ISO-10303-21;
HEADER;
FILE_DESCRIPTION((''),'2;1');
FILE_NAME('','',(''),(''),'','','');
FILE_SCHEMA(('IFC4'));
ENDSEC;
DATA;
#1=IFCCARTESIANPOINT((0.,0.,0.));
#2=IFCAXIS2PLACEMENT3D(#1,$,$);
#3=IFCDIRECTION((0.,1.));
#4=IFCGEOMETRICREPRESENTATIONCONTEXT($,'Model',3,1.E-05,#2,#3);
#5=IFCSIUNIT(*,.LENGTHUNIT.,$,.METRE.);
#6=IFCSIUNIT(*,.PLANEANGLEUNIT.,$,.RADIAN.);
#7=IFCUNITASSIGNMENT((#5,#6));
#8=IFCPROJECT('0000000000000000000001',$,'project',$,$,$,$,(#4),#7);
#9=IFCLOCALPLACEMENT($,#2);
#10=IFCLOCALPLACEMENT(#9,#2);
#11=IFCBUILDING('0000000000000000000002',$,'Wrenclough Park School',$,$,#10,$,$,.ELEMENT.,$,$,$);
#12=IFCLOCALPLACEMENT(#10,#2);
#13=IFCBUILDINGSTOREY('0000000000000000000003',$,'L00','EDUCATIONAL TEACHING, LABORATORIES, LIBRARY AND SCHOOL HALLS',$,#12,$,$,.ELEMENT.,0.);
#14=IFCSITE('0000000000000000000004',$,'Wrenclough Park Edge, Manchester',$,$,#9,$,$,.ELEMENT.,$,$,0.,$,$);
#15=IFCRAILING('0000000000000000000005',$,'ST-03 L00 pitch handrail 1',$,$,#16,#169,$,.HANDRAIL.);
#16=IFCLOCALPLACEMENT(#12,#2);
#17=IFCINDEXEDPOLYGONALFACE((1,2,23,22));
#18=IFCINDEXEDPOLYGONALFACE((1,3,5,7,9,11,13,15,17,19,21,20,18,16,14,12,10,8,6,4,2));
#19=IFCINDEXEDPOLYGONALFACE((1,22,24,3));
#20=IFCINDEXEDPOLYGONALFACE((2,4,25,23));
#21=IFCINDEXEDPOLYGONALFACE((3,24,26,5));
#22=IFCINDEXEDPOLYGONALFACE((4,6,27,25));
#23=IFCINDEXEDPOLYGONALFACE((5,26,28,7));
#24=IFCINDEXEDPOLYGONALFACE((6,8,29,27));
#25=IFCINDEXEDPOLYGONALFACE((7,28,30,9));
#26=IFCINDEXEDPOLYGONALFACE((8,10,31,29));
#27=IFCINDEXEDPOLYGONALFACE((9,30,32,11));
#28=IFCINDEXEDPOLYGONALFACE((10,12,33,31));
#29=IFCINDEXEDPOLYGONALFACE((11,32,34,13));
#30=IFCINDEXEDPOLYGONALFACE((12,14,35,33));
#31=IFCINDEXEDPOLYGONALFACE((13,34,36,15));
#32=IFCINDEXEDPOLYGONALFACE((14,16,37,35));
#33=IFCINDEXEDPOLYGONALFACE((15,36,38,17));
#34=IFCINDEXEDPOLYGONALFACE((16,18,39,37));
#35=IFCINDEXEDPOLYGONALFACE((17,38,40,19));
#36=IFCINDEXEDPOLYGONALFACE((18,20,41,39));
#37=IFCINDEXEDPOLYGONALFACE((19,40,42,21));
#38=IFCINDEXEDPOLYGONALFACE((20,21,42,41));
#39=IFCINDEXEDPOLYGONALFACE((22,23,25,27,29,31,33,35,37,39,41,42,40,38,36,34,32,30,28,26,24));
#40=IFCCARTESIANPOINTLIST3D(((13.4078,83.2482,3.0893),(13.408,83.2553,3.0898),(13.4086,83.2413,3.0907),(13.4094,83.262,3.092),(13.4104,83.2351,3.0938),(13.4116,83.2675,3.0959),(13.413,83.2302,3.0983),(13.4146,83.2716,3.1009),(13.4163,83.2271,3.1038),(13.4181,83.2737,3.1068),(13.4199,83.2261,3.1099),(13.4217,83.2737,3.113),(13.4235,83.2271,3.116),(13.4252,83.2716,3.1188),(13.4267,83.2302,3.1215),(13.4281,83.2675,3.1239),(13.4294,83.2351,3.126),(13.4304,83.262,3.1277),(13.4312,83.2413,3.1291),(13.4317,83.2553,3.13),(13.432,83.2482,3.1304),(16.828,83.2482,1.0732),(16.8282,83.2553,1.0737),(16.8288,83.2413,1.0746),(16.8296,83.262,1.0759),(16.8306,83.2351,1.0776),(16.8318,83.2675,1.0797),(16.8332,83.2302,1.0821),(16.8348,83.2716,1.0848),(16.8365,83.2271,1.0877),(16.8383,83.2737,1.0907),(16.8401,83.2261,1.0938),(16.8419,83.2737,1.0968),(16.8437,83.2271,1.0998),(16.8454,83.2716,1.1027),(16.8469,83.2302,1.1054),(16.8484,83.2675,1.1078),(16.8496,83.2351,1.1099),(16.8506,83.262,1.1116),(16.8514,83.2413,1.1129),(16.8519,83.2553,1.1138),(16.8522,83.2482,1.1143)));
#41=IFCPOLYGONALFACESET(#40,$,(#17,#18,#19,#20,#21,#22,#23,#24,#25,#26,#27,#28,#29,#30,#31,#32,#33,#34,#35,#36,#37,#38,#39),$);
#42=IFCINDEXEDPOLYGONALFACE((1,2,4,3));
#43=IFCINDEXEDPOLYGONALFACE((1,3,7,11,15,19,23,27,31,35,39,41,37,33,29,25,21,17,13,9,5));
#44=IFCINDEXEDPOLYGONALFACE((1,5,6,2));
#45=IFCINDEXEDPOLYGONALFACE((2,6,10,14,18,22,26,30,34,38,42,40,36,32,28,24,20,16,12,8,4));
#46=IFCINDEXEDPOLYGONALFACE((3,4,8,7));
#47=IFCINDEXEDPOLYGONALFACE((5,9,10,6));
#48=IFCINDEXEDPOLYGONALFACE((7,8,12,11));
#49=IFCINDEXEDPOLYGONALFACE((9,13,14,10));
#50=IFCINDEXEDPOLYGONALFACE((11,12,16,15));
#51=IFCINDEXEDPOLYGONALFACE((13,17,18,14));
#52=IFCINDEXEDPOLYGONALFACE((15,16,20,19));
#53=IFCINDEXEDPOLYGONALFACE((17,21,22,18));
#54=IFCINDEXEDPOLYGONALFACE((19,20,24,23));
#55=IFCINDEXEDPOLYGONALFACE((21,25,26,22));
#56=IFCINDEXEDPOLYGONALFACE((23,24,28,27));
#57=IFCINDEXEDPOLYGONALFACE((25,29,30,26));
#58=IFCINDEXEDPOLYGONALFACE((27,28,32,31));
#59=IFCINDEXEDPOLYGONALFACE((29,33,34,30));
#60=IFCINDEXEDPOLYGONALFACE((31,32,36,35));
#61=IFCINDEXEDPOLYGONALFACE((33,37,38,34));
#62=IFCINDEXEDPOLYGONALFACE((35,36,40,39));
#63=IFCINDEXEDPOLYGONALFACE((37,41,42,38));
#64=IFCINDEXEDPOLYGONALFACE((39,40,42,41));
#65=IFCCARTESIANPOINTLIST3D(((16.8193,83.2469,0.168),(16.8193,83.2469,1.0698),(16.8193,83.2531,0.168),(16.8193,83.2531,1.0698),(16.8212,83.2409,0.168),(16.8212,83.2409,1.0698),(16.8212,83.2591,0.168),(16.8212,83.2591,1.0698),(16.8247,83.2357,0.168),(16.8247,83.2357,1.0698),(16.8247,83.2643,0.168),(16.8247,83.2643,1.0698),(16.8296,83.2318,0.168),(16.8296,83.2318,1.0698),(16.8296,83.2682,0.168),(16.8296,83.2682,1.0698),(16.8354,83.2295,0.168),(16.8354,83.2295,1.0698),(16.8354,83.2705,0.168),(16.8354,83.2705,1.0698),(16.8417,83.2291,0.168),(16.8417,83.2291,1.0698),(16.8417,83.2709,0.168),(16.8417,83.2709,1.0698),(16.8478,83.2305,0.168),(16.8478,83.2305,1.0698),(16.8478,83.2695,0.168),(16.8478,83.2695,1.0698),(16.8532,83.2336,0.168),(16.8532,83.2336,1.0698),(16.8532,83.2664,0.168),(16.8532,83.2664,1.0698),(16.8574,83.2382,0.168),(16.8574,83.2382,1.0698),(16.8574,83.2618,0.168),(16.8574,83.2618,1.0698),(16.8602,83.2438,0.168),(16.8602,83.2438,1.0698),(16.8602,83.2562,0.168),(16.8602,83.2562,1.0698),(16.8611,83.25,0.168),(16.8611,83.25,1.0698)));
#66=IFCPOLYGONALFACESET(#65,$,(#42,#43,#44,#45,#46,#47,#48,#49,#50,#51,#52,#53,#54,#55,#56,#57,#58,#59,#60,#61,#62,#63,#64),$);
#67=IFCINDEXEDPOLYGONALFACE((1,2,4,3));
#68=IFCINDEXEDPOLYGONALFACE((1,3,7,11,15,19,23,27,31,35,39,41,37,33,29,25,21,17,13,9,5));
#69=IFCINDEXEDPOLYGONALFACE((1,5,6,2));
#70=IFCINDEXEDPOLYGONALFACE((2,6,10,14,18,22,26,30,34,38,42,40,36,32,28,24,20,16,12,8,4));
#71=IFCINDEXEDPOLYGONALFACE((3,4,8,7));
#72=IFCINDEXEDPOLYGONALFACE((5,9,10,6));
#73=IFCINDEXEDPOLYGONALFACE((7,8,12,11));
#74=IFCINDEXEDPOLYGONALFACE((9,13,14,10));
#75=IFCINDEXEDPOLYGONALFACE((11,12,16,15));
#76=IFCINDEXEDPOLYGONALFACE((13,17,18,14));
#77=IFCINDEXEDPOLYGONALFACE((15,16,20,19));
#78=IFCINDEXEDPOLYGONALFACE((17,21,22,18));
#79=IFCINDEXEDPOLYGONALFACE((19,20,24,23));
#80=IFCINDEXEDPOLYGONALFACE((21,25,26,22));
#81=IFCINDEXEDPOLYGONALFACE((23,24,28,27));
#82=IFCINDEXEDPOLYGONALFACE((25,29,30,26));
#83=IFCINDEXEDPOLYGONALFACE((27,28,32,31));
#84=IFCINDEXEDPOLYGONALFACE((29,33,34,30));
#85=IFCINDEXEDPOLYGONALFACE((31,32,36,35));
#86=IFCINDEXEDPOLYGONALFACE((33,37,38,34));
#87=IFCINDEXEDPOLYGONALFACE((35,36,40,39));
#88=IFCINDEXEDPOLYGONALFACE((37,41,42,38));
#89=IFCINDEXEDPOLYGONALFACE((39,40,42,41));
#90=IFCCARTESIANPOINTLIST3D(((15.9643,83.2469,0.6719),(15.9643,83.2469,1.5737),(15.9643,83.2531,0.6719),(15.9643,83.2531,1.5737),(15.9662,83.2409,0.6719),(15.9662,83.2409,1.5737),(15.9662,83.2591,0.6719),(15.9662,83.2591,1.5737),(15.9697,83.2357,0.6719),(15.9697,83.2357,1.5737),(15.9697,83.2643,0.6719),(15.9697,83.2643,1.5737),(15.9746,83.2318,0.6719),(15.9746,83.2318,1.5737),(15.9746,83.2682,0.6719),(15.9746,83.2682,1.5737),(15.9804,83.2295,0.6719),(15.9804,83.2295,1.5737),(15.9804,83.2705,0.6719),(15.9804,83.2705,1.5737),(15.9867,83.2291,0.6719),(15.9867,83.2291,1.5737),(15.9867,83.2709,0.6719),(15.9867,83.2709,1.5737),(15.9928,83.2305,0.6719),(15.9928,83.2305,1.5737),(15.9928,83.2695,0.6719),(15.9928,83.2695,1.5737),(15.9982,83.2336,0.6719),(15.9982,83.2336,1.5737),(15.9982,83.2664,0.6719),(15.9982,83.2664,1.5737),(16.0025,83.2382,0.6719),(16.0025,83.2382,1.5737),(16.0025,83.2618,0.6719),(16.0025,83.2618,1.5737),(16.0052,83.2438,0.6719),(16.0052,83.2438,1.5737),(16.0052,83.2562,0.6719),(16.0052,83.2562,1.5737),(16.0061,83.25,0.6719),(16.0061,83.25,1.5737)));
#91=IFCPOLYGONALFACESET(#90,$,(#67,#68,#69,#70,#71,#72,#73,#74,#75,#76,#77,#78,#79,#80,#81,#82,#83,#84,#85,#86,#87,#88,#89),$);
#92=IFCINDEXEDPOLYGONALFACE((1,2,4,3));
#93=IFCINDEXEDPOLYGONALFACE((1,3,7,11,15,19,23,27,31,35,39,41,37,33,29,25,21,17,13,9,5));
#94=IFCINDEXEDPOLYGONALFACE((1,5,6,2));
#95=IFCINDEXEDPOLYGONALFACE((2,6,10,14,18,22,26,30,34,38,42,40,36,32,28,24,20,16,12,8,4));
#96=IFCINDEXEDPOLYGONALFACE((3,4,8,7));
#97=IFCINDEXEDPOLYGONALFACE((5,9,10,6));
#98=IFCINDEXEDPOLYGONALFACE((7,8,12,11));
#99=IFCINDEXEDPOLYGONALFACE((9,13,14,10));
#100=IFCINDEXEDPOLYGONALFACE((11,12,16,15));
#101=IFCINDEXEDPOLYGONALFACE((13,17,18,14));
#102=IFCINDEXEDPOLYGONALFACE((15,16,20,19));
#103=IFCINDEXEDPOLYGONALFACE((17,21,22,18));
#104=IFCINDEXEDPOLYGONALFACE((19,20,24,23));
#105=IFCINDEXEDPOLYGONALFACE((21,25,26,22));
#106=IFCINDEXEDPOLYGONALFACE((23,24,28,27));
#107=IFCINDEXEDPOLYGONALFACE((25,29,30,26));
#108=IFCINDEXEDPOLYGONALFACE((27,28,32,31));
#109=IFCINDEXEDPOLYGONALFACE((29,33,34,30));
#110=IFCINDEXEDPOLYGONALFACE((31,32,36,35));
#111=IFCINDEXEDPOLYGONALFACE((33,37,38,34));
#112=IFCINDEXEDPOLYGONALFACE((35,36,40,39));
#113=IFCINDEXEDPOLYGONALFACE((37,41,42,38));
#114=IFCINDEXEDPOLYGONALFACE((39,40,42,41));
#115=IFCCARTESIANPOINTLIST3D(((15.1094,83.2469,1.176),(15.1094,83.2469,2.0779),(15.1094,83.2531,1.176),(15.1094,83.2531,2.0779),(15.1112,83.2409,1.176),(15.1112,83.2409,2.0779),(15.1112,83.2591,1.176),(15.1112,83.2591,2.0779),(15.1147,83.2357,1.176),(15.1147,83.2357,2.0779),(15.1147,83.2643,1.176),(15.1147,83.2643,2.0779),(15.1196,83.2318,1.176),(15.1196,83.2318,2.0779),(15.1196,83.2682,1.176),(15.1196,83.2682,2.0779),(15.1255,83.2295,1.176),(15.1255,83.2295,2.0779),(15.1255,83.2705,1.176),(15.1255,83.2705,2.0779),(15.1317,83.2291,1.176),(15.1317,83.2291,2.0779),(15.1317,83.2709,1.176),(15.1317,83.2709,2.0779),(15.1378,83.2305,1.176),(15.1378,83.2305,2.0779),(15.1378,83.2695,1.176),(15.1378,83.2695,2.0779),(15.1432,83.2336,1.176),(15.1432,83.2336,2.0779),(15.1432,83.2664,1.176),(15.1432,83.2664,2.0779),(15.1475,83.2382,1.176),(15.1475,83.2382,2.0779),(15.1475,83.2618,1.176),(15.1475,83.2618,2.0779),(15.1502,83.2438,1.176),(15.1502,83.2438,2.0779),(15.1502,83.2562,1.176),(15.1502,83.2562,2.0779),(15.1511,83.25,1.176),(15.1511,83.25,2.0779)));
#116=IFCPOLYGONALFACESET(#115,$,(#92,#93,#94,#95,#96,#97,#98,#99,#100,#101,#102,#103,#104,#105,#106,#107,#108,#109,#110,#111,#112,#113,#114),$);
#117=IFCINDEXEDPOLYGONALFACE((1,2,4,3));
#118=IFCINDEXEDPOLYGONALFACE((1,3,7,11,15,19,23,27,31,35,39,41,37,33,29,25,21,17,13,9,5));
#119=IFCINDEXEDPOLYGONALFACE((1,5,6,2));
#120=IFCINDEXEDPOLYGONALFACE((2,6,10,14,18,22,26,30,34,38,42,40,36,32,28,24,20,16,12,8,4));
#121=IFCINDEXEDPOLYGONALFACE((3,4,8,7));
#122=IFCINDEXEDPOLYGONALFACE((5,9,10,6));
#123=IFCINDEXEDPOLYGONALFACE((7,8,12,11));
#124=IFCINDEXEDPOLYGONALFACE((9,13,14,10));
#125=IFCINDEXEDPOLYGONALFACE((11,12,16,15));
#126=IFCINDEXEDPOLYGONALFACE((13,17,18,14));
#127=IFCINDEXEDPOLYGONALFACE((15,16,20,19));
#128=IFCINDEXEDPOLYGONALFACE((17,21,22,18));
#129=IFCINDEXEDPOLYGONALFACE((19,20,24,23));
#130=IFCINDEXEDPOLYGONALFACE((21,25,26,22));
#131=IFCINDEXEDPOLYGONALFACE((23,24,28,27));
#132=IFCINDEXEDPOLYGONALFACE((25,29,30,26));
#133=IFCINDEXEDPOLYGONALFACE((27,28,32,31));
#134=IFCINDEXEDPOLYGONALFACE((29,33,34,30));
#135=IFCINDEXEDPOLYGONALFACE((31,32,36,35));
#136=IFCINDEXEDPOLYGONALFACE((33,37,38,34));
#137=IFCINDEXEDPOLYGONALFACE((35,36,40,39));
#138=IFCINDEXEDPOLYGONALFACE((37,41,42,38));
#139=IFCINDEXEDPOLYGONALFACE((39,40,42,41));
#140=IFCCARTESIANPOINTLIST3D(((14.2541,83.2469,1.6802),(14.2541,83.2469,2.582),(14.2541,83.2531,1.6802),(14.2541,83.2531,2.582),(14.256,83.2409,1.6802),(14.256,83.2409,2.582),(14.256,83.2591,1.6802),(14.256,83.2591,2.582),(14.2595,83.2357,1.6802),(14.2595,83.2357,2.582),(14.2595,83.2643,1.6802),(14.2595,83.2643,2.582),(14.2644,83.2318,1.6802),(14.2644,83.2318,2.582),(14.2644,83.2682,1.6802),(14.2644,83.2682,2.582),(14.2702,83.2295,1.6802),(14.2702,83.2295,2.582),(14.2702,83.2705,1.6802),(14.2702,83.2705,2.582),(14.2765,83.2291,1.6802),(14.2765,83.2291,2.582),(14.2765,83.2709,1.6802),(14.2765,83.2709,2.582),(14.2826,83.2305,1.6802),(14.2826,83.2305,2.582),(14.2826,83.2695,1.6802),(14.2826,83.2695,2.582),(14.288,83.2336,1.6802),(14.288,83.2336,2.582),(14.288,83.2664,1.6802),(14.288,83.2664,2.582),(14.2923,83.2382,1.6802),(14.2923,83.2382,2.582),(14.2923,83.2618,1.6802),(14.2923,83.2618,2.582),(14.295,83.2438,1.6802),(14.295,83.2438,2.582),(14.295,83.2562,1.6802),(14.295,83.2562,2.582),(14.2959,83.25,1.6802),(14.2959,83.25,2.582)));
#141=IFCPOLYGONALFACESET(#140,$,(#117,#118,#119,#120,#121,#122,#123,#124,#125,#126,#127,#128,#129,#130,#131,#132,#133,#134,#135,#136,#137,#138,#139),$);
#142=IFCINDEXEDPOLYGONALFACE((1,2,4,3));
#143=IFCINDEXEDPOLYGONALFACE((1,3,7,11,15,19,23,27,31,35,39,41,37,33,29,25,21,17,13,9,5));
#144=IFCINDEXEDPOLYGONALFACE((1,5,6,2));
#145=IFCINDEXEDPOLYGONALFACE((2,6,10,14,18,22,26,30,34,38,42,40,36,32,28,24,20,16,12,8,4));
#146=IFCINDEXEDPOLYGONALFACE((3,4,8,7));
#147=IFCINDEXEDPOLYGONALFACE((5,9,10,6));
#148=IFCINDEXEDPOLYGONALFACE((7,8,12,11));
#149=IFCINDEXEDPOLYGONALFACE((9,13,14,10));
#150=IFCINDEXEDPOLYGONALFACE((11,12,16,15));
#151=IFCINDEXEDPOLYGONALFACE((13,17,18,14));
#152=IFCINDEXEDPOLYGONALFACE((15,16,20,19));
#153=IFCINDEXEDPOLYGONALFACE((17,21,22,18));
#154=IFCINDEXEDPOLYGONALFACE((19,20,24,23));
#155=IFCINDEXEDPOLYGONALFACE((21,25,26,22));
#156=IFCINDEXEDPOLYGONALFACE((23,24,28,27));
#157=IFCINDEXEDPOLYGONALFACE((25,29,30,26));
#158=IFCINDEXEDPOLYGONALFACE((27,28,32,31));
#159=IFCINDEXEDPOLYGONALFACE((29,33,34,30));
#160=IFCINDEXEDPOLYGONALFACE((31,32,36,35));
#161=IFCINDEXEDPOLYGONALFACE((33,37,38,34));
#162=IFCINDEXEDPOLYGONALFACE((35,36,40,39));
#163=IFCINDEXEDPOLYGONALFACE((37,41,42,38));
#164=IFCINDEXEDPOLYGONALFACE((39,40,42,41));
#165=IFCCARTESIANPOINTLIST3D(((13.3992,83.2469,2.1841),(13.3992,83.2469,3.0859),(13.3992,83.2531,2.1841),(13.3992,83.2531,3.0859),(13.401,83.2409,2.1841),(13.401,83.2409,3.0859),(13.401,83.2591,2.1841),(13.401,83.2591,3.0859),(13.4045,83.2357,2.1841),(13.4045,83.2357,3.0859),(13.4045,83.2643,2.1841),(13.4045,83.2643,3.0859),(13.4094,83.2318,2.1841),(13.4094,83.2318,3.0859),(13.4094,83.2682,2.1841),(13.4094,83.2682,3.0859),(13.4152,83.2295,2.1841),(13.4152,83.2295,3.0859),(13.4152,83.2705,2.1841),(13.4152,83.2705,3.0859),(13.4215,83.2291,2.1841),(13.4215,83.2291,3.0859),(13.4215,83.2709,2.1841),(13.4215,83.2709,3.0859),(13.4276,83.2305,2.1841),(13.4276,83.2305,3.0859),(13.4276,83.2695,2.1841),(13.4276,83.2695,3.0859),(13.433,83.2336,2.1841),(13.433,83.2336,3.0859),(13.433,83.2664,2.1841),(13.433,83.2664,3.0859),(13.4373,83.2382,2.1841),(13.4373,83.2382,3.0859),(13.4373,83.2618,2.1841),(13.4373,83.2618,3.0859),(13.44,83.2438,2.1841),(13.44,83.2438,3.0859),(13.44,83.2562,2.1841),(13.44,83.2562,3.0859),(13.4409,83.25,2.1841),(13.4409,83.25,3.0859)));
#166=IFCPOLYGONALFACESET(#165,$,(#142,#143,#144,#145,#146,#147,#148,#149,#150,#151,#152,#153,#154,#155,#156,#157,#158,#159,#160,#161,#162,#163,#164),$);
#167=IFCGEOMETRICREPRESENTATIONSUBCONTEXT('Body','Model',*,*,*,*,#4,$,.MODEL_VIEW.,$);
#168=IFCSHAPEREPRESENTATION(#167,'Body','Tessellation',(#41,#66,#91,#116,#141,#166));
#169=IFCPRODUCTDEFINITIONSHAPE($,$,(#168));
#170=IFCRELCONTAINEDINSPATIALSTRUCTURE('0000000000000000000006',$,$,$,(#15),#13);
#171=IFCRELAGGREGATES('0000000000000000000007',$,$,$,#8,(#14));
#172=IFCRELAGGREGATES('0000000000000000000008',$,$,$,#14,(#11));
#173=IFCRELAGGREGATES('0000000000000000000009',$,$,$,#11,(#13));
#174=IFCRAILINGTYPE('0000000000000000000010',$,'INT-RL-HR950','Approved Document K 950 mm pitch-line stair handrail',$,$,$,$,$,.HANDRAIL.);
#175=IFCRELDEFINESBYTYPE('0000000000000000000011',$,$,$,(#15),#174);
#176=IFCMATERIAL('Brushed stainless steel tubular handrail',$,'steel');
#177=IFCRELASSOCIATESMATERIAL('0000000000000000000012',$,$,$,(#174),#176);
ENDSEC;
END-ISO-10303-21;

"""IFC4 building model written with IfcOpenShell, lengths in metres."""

from ifc_helpers import new_model, si_unit, direction, frame, origin, origin_2d, place, context, subcontext, project, spatial, circle, extrude, material, type_object, element, save


model = new_model("IFC4")

# Units and contexts
model_context = context("Model", 3, precision=1e-05, world=origin(), true_north=direction((0.0, 1.0)))
body_context = subcontext(model_context, "Body", "Model", "MODEL_VIEW")
ifc_project = project(units=[si_unit("LENGTHUNIT", "METRE"), si_unit("PLANEANGLEUNIT", "RADIAN")], contexts=[model_context])

# Site, building, storey
site_placement = place(None, origin())
site = spatial("IfcSite", under=ifc_project, at=site_placement, Name="Wrenclough Park Edge, Manchester", CompositionType="ELEMENT", RefElevation=0.0)
building_placement = place(site_placement, origin())
building = spatial("IfcBuilding", under=site, at=building_placement, Name="Wrenclough Park School", CompositionType="ELEMENT")
storey_placement = place(building_placement, origin())
storey = spatial("IfcBuildingStorey", under=building, at=storey_placement, Name="L00", Description="EDUCATIONAL TEACHING, LABORATORIES, LIBRARY AND SCHOOL HALLS", CompositionType="ELEMENT", Elevation=0.0)

# Railing
ifc_material_1 = material(Name="Brushed stainless steel tubular handrail", Category="steel")
railing_type = type_object("IfcRailingType", Name="INT-RL-HR950", Description="Approved Document K 950 mm pitch-line stair handrail", PredefinedType="HANDRAIL", material=ifc_material_1)
railing_placement = place(storey_placement, frame((16.8401, 83.25, 0.168)))
element("IfcRailing", 1, at=railing_placement, inside=storey, type_object=railing_type, Name="ST-03 L00 pitch handrail 1", PredefinedType="HANDRAIL", context=body_context, shape_type="SweptSolid", body=[
    extrude(circle(Radius=0.0239, at=origin_2d()), frame((0.0, 0.0, 0.9258), z_axis=(-0.861466, 0.0, 0.507815), x_axis=(0.0, -1.0, 0.0)), (0.0, 0.0, 1.0), 3.9702),
    extrude(circle(Radius=0.021, at=origin_2d()), origin(), (0.0, 0.0, 1.0), 0.9019),
    extrude(circle(Radius=0.021, at=origin_2d()), frame((-0.855, 0.0, 0.5039)), (0.0, 0.0, 1.0), 0.9019),
    extrude(circle(Radius=0.021, at=origin_2d()), frame((-1.71, 0.0, 1.0081)), (0.0, 0.0, 1.0), 0.9019),
    extrude(circle(Radius=0.021, at=origin_2d()), frame((-2.5652, 0.0, 1.5122)), (0.0, 0.0, 1.0), 0.9019),
    extrude(circle(Radius=0.021, at=origin_2d()), frame((-3.4202, 0.0, 2.0161)), (0.0, 0.0, 1.0), 0.9019),
])

save(model, "model.ifc")
